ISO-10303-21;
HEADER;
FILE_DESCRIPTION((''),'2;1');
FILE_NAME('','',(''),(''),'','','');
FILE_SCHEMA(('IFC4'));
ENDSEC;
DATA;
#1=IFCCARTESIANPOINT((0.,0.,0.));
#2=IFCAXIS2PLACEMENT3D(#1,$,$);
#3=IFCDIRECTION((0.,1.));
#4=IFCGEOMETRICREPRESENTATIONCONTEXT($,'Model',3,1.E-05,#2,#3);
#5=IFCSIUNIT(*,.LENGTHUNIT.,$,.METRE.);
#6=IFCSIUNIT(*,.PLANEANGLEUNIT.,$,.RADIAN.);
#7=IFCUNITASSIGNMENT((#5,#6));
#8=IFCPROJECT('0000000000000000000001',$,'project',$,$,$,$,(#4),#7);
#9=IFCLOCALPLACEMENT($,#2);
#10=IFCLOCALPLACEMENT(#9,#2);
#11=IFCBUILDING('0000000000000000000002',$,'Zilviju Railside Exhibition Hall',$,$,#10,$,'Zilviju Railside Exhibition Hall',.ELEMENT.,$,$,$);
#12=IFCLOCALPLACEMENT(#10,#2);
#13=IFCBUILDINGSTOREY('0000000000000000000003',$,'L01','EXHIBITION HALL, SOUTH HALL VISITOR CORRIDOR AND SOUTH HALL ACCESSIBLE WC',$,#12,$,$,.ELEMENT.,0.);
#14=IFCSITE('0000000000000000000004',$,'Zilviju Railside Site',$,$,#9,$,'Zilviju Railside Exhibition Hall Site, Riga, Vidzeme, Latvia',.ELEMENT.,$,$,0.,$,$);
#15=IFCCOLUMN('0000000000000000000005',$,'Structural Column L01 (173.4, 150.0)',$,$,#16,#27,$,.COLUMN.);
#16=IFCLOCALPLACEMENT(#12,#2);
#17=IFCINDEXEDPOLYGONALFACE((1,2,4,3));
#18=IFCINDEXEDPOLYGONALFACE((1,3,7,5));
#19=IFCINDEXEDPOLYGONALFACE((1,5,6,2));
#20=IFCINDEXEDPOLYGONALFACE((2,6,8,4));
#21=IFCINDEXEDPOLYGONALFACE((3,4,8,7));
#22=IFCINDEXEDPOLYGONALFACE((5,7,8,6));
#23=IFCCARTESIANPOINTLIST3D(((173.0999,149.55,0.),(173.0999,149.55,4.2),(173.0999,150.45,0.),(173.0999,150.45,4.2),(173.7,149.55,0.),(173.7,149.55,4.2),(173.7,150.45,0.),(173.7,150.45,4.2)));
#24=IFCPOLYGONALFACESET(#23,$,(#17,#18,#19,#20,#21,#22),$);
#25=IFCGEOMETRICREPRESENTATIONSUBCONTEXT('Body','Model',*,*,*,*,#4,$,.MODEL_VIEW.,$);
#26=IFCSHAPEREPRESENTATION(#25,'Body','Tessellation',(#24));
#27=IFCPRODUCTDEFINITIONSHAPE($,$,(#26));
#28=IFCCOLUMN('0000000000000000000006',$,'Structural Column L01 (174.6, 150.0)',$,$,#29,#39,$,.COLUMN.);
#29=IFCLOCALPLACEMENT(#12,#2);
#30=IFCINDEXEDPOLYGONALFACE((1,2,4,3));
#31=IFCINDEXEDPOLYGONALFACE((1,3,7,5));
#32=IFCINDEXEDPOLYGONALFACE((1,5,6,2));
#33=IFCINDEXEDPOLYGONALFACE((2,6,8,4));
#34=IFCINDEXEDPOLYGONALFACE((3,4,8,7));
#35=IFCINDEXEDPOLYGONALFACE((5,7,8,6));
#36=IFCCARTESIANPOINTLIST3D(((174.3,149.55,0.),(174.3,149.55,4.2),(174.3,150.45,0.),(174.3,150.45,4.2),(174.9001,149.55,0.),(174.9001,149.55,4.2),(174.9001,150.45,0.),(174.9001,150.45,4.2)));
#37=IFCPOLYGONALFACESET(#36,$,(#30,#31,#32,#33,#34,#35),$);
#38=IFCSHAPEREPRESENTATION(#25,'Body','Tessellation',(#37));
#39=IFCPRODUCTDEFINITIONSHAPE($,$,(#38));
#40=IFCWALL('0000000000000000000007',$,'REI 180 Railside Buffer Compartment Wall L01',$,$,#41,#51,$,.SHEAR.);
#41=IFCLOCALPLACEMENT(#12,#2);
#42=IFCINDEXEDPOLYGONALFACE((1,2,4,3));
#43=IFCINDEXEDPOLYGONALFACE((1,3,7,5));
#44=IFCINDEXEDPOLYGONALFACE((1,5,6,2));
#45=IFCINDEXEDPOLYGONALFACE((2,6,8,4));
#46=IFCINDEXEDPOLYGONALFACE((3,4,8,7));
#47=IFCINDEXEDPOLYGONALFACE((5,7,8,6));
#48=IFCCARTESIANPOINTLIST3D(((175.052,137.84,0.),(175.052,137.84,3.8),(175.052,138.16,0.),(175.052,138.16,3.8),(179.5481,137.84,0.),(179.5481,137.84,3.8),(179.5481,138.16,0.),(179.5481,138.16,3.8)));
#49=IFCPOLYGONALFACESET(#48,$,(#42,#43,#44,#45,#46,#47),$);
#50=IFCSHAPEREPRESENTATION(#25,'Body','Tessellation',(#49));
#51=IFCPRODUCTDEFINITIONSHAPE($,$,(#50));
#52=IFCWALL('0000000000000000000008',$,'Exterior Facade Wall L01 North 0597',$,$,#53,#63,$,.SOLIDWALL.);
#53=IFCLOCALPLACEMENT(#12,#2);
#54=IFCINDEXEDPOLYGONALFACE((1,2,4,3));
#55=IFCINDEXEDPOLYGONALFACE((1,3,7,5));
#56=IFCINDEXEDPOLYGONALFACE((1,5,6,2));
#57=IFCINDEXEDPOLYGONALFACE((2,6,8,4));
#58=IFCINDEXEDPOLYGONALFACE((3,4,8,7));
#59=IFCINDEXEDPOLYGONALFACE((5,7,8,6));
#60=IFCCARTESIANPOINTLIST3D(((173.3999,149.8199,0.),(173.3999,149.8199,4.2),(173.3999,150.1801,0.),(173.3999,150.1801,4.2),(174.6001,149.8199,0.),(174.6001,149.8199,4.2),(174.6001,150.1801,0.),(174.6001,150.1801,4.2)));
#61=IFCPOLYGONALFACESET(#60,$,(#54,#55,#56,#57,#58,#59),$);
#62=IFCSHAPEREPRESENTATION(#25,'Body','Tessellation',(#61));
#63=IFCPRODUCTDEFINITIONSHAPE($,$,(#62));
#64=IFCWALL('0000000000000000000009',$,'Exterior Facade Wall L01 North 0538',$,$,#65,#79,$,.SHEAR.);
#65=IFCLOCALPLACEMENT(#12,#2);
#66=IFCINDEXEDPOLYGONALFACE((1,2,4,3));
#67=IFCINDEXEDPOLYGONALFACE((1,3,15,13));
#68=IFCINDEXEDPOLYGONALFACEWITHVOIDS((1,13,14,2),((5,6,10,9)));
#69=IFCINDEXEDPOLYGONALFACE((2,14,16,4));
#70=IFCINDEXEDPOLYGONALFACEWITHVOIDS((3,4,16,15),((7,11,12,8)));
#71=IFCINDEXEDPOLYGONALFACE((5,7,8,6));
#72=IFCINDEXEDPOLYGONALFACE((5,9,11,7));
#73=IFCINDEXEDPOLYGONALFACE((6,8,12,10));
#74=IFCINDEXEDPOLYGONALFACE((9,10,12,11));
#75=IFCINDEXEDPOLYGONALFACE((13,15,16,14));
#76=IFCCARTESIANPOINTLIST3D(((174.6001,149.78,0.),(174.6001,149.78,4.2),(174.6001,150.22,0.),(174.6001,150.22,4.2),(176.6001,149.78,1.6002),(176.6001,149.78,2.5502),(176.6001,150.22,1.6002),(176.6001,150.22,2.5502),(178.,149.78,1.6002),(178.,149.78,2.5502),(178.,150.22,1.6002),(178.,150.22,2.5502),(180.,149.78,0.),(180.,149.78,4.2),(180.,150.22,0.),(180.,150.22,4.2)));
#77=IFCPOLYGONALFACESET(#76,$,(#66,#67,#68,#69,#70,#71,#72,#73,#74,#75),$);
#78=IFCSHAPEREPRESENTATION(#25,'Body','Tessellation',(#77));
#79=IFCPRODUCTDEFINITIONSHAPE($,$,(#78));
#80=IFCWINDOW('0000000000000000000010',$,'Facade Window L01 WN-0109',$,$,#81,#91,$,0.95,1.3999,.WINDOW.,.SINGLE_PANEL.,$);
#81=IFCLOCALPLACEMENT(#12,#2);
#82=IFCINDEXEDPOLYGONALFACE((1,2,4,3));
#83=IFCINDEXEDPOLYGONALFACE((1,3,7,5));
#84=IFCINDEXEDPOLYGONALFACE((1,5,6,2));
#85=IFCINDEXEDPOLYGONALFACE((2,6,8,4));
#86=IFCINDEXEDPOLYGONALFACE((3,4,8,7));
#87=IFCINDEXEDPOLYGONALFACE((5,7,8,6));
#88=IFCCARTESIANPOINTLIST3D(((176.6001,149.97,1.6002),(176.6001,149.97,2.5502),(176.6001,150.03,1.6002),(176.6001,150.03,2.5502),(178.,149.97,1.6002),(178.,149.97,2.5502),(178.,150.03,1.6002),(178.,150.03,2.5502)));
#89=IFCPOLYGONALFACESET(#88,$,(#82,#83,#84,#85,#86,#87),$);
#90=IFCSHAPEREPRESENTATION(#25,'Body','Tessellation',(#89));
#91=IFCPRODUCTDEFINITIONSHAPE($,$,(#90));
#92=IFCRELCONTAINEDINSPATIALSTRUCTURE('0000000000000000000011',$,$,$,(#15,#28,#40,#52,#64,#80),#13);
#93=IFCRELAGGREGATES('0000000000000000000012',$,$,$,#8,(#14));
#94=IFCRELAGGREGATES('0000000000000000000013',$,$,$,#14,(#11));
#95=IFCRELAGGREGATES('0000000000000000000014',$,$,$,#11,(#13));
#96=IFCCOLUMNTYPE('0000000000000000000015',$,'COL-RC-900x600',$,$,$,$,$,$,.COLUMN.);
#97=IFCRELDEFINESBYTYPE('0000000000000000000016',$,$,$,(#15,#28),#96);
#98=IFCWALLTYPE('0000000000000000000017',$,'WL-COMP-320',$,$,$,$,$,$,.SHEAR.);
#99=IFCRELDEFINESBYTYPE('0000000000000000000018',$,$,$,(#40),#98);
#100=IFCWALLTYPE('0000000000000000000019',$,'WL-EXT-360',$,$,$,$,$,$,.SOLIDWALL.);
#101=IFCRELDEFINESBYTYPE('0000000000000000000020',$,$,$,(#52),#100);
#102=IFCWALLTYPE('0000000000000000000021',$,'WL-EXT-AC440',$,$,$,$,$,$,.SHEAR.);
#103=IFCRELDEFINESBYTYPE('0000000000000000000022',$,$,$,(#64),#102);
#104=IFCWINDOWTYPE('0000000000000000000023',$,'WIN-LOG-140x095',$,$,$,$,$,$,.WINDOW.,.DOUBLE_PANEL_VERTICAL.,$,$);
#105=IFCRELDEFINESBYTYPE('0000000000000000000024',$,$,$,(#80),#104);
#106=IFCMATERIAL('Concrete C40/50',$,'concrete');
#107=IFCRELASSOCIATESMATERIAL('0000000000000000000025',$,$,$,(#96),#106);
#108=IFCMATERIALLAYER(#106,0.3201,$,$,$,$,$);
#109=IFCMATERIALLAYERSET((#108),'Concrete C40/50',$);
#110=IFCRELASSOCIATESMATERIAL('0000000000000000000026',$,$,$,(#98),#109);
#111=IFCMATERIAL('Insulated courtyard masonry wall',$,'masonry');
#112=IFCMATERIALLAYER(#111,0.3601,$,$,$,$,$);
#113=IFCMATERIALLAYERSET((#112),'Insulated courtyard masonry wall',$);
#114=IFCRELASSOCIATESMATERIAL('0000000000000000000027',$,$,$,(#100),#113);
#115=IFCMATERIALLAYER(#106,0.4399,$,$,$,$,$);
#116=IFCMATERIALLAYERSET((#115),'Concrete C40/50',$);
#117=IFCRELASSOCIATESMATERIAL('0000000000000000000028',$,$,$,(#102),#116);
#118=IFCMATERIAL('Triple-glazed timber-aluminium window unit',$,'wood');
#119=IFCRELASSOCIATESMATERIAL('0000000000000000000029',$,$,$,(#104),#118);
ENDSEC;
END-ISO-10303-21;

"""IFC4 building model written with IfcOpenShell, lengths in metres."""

from ifc_helpers import new_model, si_unit, direction, frame, frame_2d, origin, origin_2d, place, context, subcontext, project, spatial, rectangle, extrude, material, layer, layer_set, material_profile, profile_set, type_object, element, fill, save


model = new_model("IFC4")

# Units and contexts
model_context = context("Model", 3, precision=1e-05, world=origin(), true_north=direction((0.0, 1.0)))
body_context = subcontext(model_context, "Body", "Model", "MODEL_VIEW")
ifc_project = project(units=[si_unit("LENGTHUNIT", "METRE"), si_unit("PLANEANGLEUNIT", "RADIAN")], contexts=[model_context])

# Site, building, storey
site_placement = place(None, origin())
site = spatial("IfcSite", under=ifc_project, at=site_placement, Name="Zilviju Railside Site", LongName="Zilviju Railside Exhibition Hall Site, Riga, Vidzeme, Latvia", CompositionType="ELEMENT", RefElevation=0.0)
building_placement = place(site_placement, origin())
building = spatial("IfcBuilding", under=site, at=building_placement, Name="Zilviju Railside Exhibition Hall", LongName="Zilviju Railside Exhibition Hall", CompositionType="ELEMENT")
storey_placement = place(building_placement, origin())
storey = spatial("IfcBuildingStorey", under=building, at=storey_placement, Name="L01", Description="EXHIBITION HALL, SOUTH HALL VISITOR CORRIDOR AND SOUTH HALL ACCESSIBLE WC", CompositionType="ELEMENT", Elevation=0.0)

# Shared definitions
ifc_material_1 = material(Name="Concrete C40/50", Category="concrete")

# Columns
ifc_material_profile_1 = material_profile(ifc_material_1, rectangle(XDim=0.6001, YDim=0.8999, at=origin_2d()), Name="RC COL 600x900")
ifc_profile_set_1 = profile_set([ifc_material_profile_1], Name="Concrete C40/50")
column_type_1 = type_object("IfcColumnType", Name="COL-RC-900x600", PredefinedType="COLUMN", material=ifc_profile_set_1)
for number, where, z_axis, x_axis, name in (
    (1, (173.3999, 150.0, 0.0), (0.0, 0.0, 1.0), (1.0, 0.0, 0.0), "Structural Column L01 (173.4, 150.0)"),
    (2, (174.6001, 150.0, 0.0), (0.0, 0.0, 1.0), (1.0, 0.0, 0.0), "Structural Column L01 (174.6, 150.0)"),
):
    element("IfcColumn", number, at=place(storey_placement, frame(where, z_axis=z_axis, x_axis=x_axis)), inside=storey, type_object=column_type_1, Name=name, PredefinedType="COLUMN", context=body_context, shape_type="SweptSolid", body=[
        extrude(rectangle(XDim=0.6001, YDim=0.8999, at=origin_2d()), origin(), (0.0, 0.0, 1.0), 4.2),
    ])

# Walls
ifc_layer_1 = layer(ifc_material_1, 0.3201)
ifc_layer_set_1 = layer_set([ifc_layer_1], Name="Concrete C40/50")
wall_type_1 = type_object("IfcWallType", Name="WL-COMP-320", PredefinedType="SHEAR", material=ifc_layer_set_1)
wall_1_placement = place(storey_placement, frame((175.052, 138.0, 0.0), z_axis=(0.0, 0.0, 1.0), x_axis=(1.0, 0.0, 0.0)))
element("IfcWall", 3, at=wall_1_placement, inside=storey, type_object=wall_type_1, Name="REI 180 Railside Buffer Compartment Wall L01", PredefinedType="SHEAR", context=body_context, shape_type="SweptSolid", body=[
    extrude(rectangle(XDim=4.4961, YDim=0.3201, at=frame_2d((2.248, 0.0))), origin(), (0.0, 0.0, 1.0), 3.8),
])
ifc_material_2 = material(Name="Insulated courtyard masonry wall", Category="masonry")
ifc_layer_2 = layer(ifc_material_2, 0.3601)
ifc_layer_set_2 = layer_set([ifc_layer_2], Name="Insulated courtyard masonry wall")
wall_type_2 = type_object("IfcWallType", Name="WL-EXT-360", PredefinedType="SOLIDWALL", material=ifc_layer_set_2)
wall_2_placement = place(storey_placement, frame((173.3999, 150.0, 0.0), z_axis=(0.0, 0.0, 1.0), x_axis=(1.0, 0.0, 0.0)))
element("IfcWall", 4, at=wall_2_placement, inside=storey, type_object=wall_type_2, Name="Exterior Facade Wall L01 North 0597", PredefinedType="SOLIDWALL", context=body_context, shape_type="SweptSolid", body=[
    extrude(rectangle(XDim=1.2002, YDim=0.3601, at=frame_2d((0.6001, 0.0))), origin(), (0.0, 0.0, 1.0), 4.2),
])

# Wall, opening, window
ifc_layer_3 = layer(ifc_material_1, 0.4399)
ifc_layer_set_3 = layer_set([ifc_layer_3], Name="Concrete C40/50")
wall_type_3 = type_object("IfcWallType", Name="WL-EXT-AC440", PredefinedType="SHEAR", material=ifc_layer_set_3)
wall_3_placement = place(storey_placement, frame((174.6001, 150.0, 0.0), z_axis=(0.0, 0.0, 1.0), x_axis=(1.0, 0.0, 0.0)))
wall_3 = element("IfcWall", 5, at=wall_3_placement, inside=storey, type_object=wall_type_3, Name="Exterior Facade Wall L01 North 0538", PredefinedType="SHEAR", context=body_context, shape_type="SweptSolid", body=[
    extrude(rectangle(XDim=5.3999, YDim=0.4399, at=frame_2d((2.7, 0.0))), origin(), (0.0, 0.0, 1.0), 4.2),
])
opening_placement = place(wall_3_placement, frame((2.0, 0.0, 1.6001)))
opening = element("IfcOpeningElement", 6, at=opening_placement, cuts=wall_3, PredefinedType="OPENING", context=body_context, shape_type="SweptSolid", body=[
    extrude(rectangle(XDim=1.3999, YDim=0.95, at=frame_2d((0.7, 0.4751))), frame((0.0, 0.23, 0.0), z_axis=(0.0, -1.0, 0.0), x_axis=(1.0, 0.0, 0.0)), (0.0, 0.0, 1.0), 0.46),
])
ifc_material_3 = material(Name="Triple-glazed timber-aluminium window unit", Category="wood")
window_type = type_object("IfcWindowType", Name="WIN-LOG-140x095", PartitioningType="DOUBLE_PANEL_VERTICAL", PredefinedType="WINDOW", material=ifc_material_3)
window_placement = place(opening_placement, origin())
window = element("IfcWindow", 7, at=window_placement, inside=storey, type_object=window_type, Name="Facade Window L01 WN-0109", OverallHeight=0.95, OverallWidth=1.3999, PartitioningType="SINGLE_PANEL", PredefinedType="WINDOW", context=body_context, shape_type="SweptSolid", body=[
    extrude(rectangle(XDim=1.3999, YDim=0.95, at=frame_2d((0.7, 0.4751))), frame((0.0, 0.03, 0.0), z_axis=(0.0, -1.0, 0.0), x_axis=(1.0, 0.0, 0.0)), (0.0, 0.0, 1.0), 0.0601),
])
fill(opening, window)

save(model, "model.ifc")
